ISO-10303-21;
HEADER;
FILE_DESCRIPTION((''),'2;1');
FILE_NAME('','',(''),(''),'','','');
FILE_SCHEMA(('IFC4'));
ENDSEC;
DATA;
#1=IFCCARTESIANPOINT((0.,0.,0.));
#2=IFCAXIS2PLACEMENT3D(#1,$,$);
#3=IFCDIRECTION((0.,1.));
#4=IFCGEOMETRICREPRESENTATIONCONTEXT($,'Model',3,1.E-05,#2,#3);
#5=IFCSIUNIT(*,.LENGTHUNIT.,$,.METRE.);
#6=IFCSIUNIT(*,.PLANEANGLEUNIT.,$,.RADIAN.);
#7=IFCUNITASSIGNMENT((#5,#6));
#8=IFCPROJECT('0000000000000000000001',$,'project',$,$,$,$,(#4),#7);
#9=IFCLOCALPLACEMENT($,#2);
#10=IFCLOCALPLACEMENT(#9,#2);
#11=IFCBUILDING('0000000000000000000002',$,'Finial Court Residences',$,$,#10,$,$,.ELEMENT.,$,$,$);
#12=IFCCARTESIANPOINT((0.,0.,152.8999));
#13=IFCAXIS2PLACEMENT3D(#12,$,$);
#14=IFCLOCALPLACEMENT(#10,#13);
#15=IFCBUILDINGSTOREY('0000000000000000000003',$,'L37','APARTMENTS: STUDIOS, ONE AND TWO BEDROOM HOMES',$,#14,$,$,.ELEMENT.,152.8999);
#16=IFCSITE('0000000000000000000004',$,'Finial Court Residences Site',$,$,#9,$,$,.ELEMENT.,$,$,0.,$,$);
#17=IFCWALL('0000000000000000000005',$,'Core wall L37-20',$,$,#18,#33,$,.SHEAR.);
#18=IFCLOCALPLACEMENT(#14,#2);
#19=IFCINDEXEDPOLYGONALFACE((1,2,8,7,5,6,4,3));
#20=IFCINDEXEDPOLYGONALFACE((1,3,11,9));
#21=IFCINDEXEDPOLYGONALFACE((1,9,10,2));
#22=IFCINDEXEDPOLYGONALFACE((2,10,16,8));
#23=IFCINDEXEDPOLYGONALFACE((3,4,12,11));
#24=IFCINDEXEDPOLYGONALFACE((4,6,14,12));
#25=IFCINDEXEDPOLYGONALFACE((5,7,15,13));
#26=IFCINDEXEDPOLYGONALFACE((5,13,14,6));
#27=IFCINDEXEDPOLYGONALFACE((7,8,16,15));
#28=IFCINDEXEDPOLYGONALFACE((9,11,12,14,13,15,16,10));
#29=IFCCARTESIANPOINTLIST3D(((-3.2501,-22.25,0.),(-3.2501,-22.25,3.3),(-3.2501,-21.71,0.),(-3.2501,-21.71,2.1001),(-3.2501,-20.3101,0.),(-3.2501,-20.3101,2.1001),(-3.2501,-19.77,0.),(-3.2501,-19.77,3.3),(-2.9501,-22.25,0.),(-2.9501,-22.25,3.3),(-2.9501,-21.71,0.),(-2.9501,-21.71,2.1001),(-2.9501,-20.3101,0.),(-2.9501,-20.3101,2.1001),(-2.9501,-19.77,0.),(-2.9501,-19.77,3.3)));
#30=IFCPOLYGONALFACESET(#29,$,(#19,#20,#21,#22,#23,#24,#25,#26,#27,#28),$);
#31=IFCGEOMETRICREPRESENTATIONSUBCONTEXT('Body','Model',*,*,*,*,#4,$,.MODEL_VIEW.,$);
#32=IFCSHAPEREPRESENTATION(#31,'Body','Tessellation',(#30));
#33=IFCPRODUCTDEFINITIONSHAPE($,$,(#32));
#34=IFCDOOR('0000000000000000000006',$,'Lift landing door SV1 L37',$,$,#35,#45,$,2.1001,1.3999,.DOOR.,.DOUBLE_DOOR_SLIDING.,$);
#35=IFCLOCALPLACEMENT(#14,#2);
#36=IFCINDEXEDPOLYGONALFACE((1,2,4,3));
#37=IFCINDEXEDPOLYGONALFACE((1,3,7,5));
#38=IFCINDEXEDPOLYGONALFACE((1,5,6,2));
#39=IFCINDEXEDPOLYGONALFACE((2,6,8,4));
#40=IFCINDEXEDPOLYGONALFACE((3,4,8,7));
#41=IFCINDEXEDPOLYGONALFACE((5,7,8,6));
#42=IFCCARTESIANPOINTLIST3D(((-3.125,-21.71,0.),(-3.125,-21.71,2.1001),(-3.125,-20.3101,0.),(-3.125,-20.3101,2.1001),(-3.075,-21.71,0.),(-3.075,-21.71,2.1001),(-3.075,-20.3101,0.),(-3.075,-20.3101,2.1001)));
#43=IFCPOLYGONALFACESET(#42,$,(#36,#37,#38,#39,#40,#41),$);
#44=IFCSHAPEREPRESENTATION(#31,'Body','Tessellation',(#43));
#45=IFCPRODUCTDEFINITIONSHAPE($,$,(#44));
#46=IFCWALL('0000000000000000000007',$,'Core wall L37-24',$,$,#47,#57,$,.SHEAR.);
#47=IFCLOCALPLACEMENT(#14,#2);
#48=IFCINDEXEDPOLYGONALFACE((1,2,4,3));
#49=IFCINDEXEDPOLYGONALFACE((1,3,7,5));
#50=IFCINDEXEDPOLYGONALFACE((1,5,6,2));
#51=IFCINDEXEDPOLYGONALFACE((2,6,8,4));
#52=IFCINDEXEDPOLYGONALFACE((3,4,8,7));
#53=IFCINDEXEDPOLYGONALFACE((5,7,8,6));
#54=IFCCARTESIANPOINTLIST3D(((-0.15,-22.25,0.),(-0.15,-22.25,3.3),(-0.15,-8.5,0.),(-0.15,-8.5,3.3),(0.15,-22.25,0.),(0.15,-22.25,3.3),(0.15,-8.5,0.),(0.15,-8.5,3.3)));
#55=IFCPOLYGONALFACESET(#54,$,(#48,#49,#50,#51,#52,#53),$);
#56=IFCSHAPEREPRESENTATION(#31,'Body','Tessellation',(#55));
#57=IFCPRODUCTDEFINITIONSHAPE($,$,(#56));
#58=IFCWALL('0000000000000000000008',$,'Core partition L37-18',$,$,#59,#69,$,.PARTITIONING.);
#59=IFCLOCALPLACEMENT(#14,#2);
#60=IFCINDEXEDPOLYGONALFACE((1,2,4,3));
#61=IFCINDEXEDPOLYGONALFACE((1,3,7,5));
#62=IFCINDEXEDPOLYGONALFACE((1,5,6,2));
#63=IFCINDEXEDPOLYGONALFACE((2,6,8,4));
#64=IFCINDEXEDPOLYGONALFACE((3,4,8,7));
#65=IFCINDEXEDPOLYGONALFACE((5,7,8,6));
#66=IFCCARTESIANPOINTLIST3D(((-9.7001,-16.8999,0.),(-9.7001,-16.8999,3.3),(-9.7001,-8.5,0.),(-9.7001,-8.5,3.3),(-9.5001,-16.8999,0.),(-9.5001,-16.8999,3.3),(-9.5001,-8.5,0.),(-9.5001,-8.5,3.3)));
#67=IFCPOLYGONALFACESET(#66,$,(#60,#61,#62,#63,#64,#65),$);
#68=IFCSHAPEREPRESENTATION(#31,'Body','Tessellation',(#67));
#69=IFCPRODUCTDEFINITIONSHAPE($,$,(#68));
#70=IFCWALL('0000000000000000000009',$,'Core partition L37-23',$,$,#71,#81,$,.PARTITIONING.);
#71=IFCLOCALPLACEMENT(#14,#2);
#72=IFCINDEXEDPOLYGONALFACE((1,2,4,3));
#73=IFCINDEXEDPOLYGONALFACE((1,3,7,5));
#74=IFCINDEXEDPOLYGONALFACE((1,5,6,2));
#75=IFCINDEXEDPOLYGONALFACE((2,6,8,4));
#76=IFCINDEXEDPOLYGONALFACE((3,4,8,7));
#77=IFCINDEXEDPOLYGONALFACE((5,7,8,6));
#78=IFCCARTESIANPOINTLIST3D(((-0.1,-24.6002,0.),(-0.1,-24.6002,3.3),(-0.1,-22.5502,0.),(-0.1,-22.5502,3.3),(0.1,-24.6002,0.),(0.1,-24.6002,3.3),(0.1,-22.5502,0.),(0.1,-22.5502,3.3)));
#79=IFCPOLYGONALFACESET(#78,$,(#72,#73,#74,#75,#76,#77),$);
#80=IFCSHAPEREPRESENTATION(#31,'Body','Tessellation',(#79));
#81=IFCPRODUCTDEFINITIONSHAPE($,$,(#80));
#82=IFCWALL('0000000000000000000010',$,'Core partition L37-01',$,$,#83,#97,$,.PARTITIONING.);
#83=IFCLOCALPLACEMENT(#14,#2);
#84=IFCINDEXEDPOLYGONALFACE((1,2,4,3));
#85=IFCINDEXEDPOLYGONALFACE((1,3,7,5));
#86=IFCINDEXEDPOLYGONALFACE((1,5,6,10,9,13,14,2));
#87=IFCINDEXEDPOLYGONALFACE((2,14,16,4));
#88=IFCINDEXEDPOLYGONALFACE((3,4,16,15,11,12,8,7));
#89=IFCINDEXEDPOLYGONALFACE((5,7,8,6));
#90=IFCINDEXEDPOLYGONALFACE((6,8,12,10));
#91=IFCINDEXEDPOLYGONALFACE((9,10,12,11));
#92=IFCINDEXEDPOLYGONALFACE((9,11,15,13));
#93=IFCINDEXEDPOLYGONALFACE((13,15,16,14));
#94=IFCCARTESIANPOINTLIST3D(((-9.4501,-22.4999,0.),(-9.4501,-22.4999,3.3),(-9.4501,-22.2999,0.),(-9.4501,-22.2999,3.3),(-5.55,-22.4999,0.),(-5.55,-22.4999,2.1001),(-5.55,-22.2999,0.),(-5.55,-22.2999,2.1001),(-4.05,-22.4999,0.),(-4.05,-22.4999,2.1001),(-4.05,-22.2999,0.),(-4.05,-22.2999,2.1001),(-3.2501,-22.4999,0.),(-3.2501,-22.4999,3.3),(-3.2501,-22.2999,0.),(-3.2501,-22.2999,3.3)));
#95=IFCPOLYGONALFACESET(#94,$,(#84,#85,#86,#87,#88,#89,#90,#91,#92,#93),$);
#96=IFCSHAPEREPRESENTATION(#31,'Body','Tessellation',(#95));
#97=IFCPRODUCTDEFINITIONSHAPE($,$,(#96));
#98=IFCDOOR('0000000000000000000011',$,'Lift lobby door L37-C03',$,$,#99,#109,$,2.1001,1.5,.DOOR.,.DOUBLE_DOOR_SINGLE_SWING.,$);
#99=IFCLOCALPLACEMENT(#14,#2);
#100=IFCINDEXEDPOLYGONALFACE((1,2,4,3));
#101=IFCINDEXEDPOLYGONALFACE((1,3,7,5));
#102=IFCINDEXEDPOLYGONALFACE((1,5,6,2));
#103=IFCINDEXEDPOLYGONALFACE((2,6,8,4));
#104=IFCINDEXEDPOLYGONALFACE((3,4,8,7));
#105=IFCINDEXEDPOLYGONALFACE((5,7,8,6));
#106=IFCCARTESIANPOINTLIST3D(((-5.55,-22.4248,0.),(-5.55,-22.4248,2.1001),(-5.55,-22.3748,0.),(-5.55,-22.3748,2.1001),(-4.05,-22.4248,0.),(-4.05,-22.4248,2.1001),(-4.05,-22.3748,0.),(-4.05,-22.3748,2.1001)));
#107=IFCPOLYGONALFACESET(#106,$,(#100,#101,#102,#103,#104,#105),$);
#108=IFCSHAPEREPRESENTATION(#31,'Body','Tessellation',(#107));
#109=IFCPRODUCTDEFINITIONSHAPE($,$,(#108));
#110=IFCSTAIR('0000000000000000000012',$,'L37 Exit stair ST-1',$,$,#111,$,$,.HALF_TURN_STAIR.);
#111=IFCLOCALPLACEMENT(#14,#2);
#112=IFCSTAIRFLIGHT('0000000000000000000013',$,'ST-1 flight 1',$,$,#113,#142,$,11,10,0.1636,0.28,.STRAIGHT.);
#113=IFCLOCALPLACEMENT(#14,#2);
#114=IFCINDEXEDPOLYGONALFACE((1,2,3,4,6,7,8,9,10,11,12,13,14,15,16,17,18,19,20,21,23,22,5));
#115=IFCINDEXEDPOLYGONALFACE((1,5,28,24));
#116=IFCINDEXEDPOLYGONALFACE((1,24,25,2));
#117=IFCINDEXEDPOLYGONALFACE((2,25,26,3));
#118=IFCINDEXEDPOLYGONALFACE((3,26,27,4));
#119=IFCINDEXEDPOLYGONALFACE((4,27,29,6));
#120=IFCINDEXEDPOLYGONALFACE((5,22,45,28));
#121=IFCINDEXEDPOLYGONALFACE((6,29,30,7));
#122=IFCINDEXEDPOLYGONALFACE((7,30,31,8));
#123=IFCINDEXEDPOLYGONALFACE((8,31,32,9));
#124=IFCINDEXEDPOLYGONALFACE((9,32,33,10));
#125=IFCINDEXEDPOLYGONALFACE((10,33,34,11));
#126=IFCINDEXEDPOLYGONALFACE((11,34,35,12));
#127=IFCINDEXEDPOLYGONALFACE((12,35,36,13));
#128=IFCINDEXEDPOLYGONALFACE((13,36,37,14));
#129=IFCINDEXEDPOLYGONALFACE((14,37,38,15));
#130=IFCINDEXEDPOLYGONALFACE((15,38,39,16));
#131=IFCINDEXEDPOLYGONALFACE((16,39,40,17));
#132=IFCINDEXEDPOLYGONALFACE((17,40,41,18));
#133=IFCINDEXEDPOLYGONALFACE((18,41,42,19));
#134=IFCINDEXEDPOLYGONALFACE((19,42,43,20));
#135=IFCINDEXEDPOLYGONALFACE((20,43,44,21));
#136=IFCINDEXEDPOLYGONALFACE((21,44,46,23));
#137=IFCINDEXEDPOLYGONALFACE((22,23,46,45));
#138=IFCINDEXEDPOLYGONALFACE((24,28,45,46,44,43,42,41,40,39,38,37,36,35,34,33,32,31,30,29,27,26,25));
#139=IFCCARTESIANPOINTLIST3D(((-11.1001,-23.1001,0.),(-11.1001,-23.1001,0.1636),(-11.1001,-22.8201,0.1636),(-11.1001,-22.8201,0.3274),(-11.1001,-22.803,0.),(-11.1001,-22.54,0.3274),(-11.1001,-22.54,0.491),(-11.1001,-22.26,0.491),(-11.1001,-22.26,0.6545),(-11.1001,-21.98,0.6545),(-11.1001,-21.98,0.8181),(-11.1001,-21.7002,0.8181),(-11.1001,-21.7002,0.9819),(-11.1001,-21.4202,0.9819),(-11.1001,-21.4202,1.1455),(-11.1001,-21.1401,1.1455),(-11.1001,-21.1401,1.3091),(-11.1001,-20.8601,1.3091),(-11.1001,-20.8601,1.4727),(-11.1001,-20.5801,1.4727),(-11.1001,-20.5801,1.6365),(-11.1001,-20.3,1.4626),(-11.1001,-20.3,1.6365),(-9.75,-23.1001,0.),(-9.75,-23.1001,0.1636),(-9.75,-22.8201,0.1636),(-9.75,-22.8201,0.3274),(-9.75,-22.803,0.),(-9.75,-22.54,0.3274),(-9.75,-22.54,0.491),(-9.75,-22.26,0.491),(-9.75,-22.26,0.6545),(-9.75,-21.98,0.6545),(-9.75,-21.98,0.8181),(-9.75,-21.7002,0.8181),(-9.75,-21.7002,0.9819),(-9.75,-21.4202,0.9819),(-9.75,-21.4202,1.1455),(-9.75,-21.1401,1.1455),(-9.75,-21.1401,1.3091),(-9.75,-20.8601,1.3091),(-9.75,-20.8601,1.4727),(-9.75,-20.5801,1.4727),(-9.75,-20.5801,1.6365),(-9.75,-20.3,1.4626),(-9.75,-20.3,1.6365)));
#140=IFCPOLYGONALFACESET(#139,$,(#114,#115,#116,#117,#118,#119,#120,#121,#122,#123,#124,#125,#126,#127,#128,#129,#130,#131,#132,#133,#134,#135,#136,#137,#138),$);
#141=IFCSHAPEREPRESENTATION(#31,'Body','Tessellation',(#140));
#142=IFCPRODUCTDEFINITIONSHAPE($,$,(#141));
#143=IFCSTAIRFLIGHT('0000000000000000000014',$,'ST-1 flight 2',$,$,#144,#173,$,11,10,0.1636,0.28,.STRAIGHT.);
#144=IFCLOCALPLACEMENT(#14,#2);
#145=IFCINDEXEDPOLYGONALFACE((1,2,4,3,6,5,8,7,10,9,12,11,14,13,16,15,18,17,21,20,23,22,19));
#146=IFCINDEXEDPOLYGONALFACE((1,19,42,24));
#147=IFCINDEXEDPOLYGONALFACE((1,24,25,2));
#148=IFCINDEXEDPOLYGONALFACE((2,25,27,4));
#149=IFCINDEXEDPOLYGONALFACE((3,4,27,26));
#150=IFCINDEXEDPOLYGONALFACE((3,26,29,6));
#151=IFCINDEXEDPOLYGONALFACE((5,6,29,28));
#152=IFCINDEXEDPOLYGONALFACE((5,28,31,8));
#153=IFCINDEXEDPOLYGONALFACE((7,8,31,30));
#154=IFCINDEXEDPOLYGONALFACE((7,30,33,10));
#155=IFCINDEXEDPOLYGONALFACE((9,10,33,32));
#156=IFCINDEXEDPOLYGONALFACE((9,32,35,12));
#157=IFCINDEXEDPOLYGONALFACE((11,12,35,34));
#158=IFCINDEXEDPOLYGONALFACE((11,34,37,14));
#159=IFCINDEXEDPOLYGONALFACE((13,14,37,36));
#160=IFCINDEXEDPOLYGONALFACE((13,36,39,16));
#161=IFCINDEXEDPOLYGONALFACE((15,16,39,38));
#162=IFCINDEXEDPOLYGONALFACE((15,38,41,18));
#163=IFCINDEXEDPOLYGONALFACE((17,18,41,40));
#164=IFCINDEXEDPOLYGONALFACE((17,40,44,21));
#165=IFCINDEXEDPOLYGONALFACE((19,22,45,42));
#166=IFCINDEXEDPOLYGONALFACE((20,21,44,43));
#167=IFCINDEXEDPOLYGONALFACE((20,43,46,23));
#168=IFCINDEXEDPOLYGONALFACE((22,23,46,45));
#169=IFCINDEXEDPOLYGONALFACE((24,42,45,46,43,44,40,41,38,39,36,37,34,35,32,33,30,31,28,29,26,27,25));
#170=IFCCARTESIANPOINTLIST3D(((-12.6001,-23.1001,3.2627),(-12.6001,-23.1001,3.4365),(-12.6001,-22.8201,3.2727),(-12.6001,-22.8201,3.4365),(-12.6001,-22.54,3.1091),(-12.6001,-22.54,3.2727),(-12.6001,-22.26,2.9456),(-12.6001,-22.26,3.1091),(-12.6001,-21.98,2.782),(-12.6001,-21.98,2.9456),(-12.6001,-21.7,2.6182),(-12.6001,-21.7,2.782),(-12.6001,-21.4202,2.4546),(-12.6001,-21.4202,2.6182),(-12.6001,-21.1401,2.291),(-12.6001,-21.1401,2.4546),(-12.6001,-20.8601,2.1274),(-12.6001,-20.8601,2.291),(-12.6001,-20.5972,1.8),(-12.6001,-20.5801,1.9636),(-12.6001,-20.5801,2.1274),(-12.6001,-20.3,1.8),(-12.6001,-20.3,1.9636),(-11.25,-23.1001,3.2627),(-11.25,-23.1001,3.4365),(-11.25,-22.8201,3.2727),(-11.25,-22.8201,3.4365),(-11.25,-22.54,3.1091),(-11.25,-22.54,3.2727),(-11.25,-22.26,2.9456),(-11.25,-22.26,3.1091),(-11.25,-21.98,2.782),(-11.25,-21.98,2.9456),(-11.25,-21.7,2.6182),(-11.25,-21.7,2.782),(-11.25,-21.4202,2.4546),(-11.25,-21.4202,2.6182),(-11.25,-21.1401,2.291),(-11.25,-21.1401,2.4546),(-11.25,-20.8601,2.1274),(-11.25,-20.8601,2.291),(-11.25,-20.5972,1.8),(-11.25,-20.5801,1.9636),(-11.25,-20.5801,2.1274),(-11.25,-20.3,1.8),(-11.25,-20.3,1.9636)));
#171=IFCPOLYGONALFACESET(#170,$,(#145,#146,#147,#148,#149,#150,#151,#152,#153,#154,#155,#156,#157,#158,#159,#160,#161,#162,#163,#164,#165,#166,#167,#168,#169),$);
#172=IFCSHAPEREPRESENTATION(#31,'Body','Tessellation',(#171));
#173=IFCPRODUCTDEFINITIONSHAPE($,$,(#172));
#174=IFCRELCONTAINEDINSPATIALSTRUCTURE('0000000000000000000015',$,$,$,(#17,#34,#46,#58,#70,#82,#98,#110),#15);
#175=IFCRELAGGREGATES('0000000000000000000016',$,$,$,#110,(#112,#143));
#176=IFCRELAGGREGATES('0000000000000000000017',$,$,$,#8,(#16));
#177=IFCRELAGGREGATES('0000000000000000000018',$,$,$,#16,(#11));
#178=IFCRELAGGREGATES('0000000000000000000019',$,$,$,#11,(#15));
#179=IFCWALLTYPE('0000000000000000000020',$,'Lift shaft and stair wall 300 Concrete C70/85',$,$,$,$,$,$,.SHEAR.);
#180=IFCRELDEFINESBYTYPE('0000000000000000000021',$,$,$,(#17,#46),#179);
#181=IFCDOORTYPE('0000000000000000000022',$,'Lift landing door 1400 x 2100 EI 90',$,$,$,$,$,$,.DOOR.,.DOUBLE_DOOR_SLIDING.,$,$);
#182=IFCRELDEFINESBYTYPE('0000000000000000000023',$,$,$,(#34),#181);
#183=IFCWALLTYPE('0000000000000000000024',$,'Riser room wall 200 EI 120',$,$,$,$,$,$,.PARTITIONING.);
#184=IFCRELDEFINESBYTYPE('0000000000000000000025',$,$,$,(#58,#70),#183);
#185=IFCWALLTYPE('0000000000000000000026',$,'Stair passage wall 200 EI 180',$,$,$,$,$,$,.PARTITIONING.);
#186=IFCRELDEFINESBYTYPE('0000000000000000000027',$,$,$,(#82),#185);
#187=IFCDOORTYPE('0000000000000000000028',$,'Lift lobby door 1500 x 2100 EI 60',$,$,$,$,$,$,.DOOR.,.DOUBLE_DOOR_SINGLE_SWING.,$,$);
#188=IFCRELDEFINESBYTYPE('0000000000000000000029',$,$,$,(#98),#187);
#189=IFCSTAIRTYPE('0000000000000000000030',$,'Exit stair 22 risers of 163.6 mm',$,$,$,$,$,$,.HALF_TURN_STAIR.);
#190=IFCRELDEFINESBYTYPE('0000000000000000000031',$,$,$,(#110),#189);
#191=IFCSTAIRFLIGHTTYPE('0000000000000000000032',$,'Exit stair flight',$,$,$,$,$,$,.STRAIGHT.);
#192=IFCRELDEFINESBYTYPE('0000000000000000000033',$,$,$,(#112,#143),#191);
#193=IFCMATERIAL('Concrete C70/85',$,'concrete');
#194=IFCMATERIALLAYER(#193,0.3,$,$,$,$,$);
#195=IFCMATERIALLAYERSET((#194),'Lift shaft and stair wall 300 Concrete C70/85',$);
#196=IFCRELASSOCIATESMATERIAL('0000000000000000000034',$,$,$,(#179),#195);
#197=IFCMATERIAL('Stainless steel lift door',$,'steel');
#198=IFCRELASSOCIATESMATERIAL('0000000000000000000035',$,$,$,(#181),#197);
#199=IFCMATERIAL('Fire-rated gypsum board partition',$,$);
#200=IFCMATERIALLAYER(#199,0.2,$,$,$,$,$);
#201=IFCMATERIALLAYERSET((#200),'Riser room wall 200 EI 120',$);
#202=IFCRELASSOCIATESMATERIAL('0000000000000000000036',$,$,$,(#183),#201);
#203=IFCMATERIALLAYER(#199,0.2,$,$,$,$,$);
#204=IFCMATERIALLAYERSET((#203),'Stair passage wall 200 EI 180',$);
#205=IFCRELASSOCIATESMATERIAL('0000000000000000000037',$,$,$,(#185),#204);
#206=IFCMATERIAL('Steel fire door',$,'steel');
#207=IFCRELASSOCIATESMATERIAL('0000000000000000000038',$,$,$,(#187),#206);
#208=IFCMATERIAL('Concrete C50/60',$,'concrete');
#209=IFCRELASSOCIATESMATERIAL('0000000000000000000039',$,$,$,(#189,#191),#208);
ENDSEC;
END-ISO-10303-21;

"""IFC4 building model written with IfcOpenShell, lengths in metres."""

from ifc_helpers import new_model, si_unit, direction, frame, frame_2d, origin, place, context, subcontext, project, spatial, polyline, rectangle, outline, extrude, material, layer, layer_set, type_object, element, fill, aggregate, save


model = new_model("IFC4")

# Units and contexts
model_context = context("Model", 3, precision=1e-05, world=origin(), true_north=direction((0.0, 1.0)))
body_context = subcontext(model_context, "Body", "Model", "MODEL_VIEW")
ifc_project = project(units=[si_unit("LENGTHUNIT", "METRE"), si_unit("PLANEANGLEUNIT", "RADIAN")], contexts=[model_context])

# Site, building, storey
site_placement = place(None, origin())
site = spatial("IfcSite", under=ifc_project, at=site_placement, Name="Finial Court Residences Site", CompositionType="ELEMENT", RefElevation=0.0)
building_placement = place(site_placement, origin())
building = spatial("IfcBuilding", under=site, at=building_placement, Name="Finial Court Residences", CompositionType="ELEMENT")
storey_placement = place(building_placement, frame((0.0, 0.0, 152.8999)))
storey = spatial("IfcBuildingStorey", under=building, at=storey_placement, Name="L37", Description="APARTMENTS: STUDIOS, ONE AND TWO BEDROOM HOMES", CompositionType="ELEMENT", Elevation=152.8999)

# Shared definitions
ifc_material_1 = material(Name="Concrete C70/85", Category="concrete")
ifc_material_2 = material(Name="Fire-rated gypsum board partition")

# Shared definitions
ifc_material_3 = material(Name="Steel fire door", Category="steel")

# Shared definitions
ifc_layer_1 = layer(ifc_material_1, 0.3)
ifc_layer_set_1 = layer_set([ifc_layer_1], Name="Lift shaft and stair wall 300 Concrete C70/85")
wall_type_1 = type_object("IfcWallType", Name="Lift shaft and stair wall 300 Concrete C70/85", PredefinedType="SHEAR", material=ifc_layer_set_1)

# Wall, opening, door
wall_1_placement = place(storey_placement, frame((-3.1001, -22.25, 0.0), z_axis=(0.0, 0.0, 1.0), x_axis=(0.0, 1.0, 0.0)))
wall_1 = element("IfcWall", 1, at=wall_1_placement, inside=storey, type_object=wall_type_1, Name="Core wall L37-20", PredefinedType="SHEAR", context=body_context, shape_type="SweptSolid", body=[
    extrude(rectangle(XDim=2.48, YDim=0.3, at=frame_2d((1.24, 0.0))), origin(), (0.0, 0.0, 1.0), 3.3),
])
opening_1_placement = place(wall_1_placement, frame((0.54, 0.0, 0.0)))
opening_1 = element("IfcOpeningElement", 2, at=opening_1_placement, cuts=wall_1, PredefinedType="OPENING", context=body_context, shape_type="SweptSolid", body=[
    extrude(rectangle(XDim=1.3999, YDim=2.1001, at=frame_2d((0.7, 1.05))), frame((0.0, 0.1599, 0.0), z_axis=(0.0, -1.0, 0.0), x_axis=(1.0, 0.0, 0.0)), (0.0, 0.0, 1.0), 0.3201),
])
ifc_material_4 = material(Name="Stainless steel lift door", Category="steel")
door_type_1 = type_object("IfcDoorType", Name="Lift landing door 1400 x 2100 EI 90", OperationType="DOUBLE_DOOR_SLIDING", PredefinedType="DOOR", material=ifc_material_4)
door_1_placement = place(opening_1_placement, origin())
door_1 = element("IfcDoor", 3, at=door_1_placement, inside=storey, type_object=door_type_1, Name="Lift landing door SV1 L37", OperationType="DOUBLE_DOOR_SLIDING", OverallHeight=2.1001, OverallWidth=1.3999, PredefinedType="DOOR", context=body_context, shape_type="SweptSolid", body=[
    extrude(rectangle(XDim=1.3999, YDim=2.1001, at=frame_2d((0.7, 1.05))), frame((0.0, 0.0249, 0.0), z_axis=(0.0, -1.0, 0.0), x_axis=(1.0, 0.0, 0.0)), (0.0, 0.0, 1.0), 0.05),
])
fill(opening_1, door_1)

# Walls
wall_2_placement = place(storey_placement, frame((0.0, -22.25, 0.0), z_axis=(0.0, 0.0, 1.0), x_axis=(0.0, 1.0, 0.0)))
element("IfcWall", 4, at=wall_2_placement, inside=storey, type_object=wall_type_1, Name="Core wall L37-24", PredefinedType="SHEAR", context=body_context, shape_type="SweptSolid", body=[
    extrude(rectangle(XDim=13.75, YDim=0.3, at=frame_2d((6.875, 0.0))), origin(), (0.0, 0.0, 1.0), 3.3),
])
ifc_layer_2 = layer(ifc_material_2, 0.2)
ifc_layer_set_2 = layer_set([ifc_layer_2], Name="Riser room wall 200 EI 120")
wall_type_2 = type_object("IfcWallType", Name="Riser room wall 200 EI 120", PredefinedType="PARTITIONING", material=ifc_layer_set_2)
wall_3_placement = place(storey_placement, frame((-9.6001, -16.8999, 0.0), z_axis=(0.0, 0.0, 1.0), x_axis=(0.0, 1.0, 0.0)))
element("IfcWall", 5, at=wall_3_placement, inside=storey, type_object=wall_type_2, Name="Core partition L37-18", PredefinedType="PARTITIONING", context=body_context, shape_type="SweptSolid", body=[
    extrude(rectangle(XDim=8.3999, YDim=0.2, at=frame_2d((4.2, 0.0))), origin(), (0.0, 0.0, 1.0), 3.3),
])
wall_4_placement = place(storey_placement, frame((0.0, -24.6001, 0.0), z_axis=(0.0, 0.0, 1.0), x_axis=(0.0, 1.0, 0.0)))
element("IfcWall", 6, at=wall_4_placement, inside=storey, type_object=wall_type_2, Name="Core partition L37-23", PredefinedType="PARTITIONING", context=body_context, shape_type="SweptSolid", body=[
    extrude(rectangle(XDim=2.05, YDim=0.2, at=frame_2d((1.0249, 0.0))), origin(), (0.0, 0.0, 1.0), 3.3),
])

# Wall, opening, door
ifc_layer_3 = layer(ifc_material_2, 0.2)
ifc_layer_set_3 = layer_set([ifc_layer_3], Name="Stair passage wall 200 EI 180")
wall_type_3 = type_object("IfcWallType", Name="Stair passage wall 200 EI 180", PredefinedType="PARTITIONING", material=ifc_layer_set_3)
wall_5_placement = place(storey_placement, frame((-3.25, -22.3999, 0.0), z_axis=(0.0, 0.0, 1.0), x_axis=(-1.0, 0.0, 0.0)))
wall_5 = element("IfcWall", 7, at=wall_5_placement, inside=storey, type_object=wall_type_3, Name="Core partition L37-01", PredefinedType="PARTITIONING", context=body_context, shape_type="SweptSolid", body=[
    extrude(rectangle(XDim=6.2, YDim=0.2, at=frame_2d((3.1001, 0.0))), origin(), (0.0, 0.0, 1.0), 3.3),
])
opening_2_placement = place(wall_5_placement, frame((0.8, 0.0, 0.0)))
opening_2 = element("IfcOpeningElement", 8, at=opening_2_placement, cuts=wall_5, PredefinedType="OPENING", context=body_context, shape_type="SweptSolid", body=[
    extrude(rectangle(XDim=1.5, YDim=2.1001, at=frame_2d((0.75, 1.05))), frame((0.0, 0.1099, 0.0), z_axis=(0.0, -1.0, 0.0), x_axis=(1.0, 0.0, 0.0)), (0.0, 0.0, 1.0), 0.22),
])
door_type_2 = type_object("IfcDoorType", Name="Lift lobby door 1500 x 2100 EI 60", OperationType="DOUBLE_DOOR_SINGLE_SWING", PredefinedType="DOOR", material=ifc_material_3)
door_2_placement = place(opening_2_placement, origin())
door_2 = element("IfcDoor", 9, at=door_2_placement, inside=storey, type_object=door_type_2, Name="Lift lobby door L37-C03", OperationType="DOUBLE_DOOR_SINGLE_SWING", OverallHeight=2.1001, OverallWidth=1.5, PredefinedType="DOOR", context=body_context, shape_type="SweptSolid", body=[
    extrude(rectangle(XDim=1.5, YDim=2.1001, at=frame_2d((0.75, 1.05))), frame((0.0, 0.0249, 0.0), z_axis=(0.0, -1.0, 0.0), x_axis=(1.0, 0.0, 0.0)), (0.0, 0.0, 1.0), 0.05),
])
fill(opening_2, door_2)

# Stair, stair flights
ifc_material_5 = material(Name="Concrete C50/60", Category="concrete")
stair_type = type_object("IfcStairType", Name="Exit stair 22 risers of 163.6 mm", PredefinedType="HALF_TURN_STAIR", material=ifc_material_5)
stair_placement = place(storey_placement, origin())
stair = element("IfcStair", 10, at=stair_placement, inside=storey, type_object=stair_type, Name="L37 Exit stair ST-1", PredefinedType="HALF_TURN_STAIR")
stair_flight_type = type_object("IfcStairFlightType", Name="Exit stair flight", PredefinedType="STRAIGHT", material=ifc_material_5)
stair_flight_1_placement = place(storey_placement, frame((-10.425, -23.1001, 0.0), z_axis=(0.0, 0.0, 1.0), x_axis=(0.0, 1.0, 0.0)))
stair_flight_1 = element("IfcStairFlight", 11, at=stair_flight_1_placement, type_object=stair_flight_type, Name="ST-1 flight 1", NumberOfRisers=11, NumberOfTreads=10, PredefinedType="STRAIGHT", RiserHeight=0.1636, TreadLength=0.28, context=body_context, shape_type="SweptSolid", body=[
    extrude(outline(polyline([(0.0, 0.0), (0.0, 0.1636), (0.28, 0.1636), (0.28, 0.3274), (0.5601, 0.3274), (0.5601, 0.491), (0.8401, 0.491), (0.8401, 0.6545), (1.1201, 0.6545), (1.1201, 0.8181), (1.3999, 0.8181), (1.3999, 0.9819), (1.6799, 0.9819), (1.6799, 1.1455), (1.96, 1.1455), (1.96, 1.3091), (2.24, 1.3091), (2.24, 1.4727), (2.52, 1.4727), (2.52, 1.6365), (2.8, 1.6365), (2.8, 1.8), (2.8, 1.4626), (0.2971, 0.0), (0.0, 0.0)])), frame((0.0, 0.675, 0.0), z_axis=(0.0, -1.0, 0.0), x_axis=(1.0, 0.0, 0.0)), (0.0, 0.0, 1.0), 1.3501),
])
stair_flight_2_placement = place(storey_placement, frame((-11.925, -20.3, 1.8), z_axis=(0.0, 0.0, 1.0), x_axis=(0.0, -1.0, 0.0)))
stair_flight_2 = element("IfcStairFlight", 12, at=stair_flight_2_placement, type_object=stair_flight_type, Name="ST-1 flight 2", NumberOfRisers=11, NumberOfTreads=10, PredefinedType="STRAIGHT", RiserHeight=0.1636, TreadLength=0.28, context=body_context, shape_type="SweptSolid", body=[
    extrude(outline(polyline([(0.0, 0.0), (0.0, 0.1636), (0.28, 0.1636), (0.28, 0.3274), (0.5601, 0.3274), (0.5601, 0.491), (0.8401, 0.491), (0.8401, 0.6545), (1.1201, 0.6545), (1.1201, 0.8181), (1.3999, 0.8181), (1.3999, 0.9819), (1.6799, 0.9819), (1.6799, 1.1455), (1.96, 1.1455), (1.96, 1.3091), (2.24, 1.3091), (2.24, 1.4727), (2.52, 1.4727), (2.52, 1.6365), (2.8, 1.6365), (2.8, 1.8), (2.8, 1.4626), (0.2971, 0.0), (0.0, 0.0)])), frame((0.0, 0.675, 0.0), z_axis=(0.0, -1.0, 0.0), x_axis=(1.0, 0.0, 0.0)), (0.0, 0.0, 1.0), 1.3501),
])
aggregate(stair, [stair_flight_1, stair_flight_2])

save(model, "model.ifc")
